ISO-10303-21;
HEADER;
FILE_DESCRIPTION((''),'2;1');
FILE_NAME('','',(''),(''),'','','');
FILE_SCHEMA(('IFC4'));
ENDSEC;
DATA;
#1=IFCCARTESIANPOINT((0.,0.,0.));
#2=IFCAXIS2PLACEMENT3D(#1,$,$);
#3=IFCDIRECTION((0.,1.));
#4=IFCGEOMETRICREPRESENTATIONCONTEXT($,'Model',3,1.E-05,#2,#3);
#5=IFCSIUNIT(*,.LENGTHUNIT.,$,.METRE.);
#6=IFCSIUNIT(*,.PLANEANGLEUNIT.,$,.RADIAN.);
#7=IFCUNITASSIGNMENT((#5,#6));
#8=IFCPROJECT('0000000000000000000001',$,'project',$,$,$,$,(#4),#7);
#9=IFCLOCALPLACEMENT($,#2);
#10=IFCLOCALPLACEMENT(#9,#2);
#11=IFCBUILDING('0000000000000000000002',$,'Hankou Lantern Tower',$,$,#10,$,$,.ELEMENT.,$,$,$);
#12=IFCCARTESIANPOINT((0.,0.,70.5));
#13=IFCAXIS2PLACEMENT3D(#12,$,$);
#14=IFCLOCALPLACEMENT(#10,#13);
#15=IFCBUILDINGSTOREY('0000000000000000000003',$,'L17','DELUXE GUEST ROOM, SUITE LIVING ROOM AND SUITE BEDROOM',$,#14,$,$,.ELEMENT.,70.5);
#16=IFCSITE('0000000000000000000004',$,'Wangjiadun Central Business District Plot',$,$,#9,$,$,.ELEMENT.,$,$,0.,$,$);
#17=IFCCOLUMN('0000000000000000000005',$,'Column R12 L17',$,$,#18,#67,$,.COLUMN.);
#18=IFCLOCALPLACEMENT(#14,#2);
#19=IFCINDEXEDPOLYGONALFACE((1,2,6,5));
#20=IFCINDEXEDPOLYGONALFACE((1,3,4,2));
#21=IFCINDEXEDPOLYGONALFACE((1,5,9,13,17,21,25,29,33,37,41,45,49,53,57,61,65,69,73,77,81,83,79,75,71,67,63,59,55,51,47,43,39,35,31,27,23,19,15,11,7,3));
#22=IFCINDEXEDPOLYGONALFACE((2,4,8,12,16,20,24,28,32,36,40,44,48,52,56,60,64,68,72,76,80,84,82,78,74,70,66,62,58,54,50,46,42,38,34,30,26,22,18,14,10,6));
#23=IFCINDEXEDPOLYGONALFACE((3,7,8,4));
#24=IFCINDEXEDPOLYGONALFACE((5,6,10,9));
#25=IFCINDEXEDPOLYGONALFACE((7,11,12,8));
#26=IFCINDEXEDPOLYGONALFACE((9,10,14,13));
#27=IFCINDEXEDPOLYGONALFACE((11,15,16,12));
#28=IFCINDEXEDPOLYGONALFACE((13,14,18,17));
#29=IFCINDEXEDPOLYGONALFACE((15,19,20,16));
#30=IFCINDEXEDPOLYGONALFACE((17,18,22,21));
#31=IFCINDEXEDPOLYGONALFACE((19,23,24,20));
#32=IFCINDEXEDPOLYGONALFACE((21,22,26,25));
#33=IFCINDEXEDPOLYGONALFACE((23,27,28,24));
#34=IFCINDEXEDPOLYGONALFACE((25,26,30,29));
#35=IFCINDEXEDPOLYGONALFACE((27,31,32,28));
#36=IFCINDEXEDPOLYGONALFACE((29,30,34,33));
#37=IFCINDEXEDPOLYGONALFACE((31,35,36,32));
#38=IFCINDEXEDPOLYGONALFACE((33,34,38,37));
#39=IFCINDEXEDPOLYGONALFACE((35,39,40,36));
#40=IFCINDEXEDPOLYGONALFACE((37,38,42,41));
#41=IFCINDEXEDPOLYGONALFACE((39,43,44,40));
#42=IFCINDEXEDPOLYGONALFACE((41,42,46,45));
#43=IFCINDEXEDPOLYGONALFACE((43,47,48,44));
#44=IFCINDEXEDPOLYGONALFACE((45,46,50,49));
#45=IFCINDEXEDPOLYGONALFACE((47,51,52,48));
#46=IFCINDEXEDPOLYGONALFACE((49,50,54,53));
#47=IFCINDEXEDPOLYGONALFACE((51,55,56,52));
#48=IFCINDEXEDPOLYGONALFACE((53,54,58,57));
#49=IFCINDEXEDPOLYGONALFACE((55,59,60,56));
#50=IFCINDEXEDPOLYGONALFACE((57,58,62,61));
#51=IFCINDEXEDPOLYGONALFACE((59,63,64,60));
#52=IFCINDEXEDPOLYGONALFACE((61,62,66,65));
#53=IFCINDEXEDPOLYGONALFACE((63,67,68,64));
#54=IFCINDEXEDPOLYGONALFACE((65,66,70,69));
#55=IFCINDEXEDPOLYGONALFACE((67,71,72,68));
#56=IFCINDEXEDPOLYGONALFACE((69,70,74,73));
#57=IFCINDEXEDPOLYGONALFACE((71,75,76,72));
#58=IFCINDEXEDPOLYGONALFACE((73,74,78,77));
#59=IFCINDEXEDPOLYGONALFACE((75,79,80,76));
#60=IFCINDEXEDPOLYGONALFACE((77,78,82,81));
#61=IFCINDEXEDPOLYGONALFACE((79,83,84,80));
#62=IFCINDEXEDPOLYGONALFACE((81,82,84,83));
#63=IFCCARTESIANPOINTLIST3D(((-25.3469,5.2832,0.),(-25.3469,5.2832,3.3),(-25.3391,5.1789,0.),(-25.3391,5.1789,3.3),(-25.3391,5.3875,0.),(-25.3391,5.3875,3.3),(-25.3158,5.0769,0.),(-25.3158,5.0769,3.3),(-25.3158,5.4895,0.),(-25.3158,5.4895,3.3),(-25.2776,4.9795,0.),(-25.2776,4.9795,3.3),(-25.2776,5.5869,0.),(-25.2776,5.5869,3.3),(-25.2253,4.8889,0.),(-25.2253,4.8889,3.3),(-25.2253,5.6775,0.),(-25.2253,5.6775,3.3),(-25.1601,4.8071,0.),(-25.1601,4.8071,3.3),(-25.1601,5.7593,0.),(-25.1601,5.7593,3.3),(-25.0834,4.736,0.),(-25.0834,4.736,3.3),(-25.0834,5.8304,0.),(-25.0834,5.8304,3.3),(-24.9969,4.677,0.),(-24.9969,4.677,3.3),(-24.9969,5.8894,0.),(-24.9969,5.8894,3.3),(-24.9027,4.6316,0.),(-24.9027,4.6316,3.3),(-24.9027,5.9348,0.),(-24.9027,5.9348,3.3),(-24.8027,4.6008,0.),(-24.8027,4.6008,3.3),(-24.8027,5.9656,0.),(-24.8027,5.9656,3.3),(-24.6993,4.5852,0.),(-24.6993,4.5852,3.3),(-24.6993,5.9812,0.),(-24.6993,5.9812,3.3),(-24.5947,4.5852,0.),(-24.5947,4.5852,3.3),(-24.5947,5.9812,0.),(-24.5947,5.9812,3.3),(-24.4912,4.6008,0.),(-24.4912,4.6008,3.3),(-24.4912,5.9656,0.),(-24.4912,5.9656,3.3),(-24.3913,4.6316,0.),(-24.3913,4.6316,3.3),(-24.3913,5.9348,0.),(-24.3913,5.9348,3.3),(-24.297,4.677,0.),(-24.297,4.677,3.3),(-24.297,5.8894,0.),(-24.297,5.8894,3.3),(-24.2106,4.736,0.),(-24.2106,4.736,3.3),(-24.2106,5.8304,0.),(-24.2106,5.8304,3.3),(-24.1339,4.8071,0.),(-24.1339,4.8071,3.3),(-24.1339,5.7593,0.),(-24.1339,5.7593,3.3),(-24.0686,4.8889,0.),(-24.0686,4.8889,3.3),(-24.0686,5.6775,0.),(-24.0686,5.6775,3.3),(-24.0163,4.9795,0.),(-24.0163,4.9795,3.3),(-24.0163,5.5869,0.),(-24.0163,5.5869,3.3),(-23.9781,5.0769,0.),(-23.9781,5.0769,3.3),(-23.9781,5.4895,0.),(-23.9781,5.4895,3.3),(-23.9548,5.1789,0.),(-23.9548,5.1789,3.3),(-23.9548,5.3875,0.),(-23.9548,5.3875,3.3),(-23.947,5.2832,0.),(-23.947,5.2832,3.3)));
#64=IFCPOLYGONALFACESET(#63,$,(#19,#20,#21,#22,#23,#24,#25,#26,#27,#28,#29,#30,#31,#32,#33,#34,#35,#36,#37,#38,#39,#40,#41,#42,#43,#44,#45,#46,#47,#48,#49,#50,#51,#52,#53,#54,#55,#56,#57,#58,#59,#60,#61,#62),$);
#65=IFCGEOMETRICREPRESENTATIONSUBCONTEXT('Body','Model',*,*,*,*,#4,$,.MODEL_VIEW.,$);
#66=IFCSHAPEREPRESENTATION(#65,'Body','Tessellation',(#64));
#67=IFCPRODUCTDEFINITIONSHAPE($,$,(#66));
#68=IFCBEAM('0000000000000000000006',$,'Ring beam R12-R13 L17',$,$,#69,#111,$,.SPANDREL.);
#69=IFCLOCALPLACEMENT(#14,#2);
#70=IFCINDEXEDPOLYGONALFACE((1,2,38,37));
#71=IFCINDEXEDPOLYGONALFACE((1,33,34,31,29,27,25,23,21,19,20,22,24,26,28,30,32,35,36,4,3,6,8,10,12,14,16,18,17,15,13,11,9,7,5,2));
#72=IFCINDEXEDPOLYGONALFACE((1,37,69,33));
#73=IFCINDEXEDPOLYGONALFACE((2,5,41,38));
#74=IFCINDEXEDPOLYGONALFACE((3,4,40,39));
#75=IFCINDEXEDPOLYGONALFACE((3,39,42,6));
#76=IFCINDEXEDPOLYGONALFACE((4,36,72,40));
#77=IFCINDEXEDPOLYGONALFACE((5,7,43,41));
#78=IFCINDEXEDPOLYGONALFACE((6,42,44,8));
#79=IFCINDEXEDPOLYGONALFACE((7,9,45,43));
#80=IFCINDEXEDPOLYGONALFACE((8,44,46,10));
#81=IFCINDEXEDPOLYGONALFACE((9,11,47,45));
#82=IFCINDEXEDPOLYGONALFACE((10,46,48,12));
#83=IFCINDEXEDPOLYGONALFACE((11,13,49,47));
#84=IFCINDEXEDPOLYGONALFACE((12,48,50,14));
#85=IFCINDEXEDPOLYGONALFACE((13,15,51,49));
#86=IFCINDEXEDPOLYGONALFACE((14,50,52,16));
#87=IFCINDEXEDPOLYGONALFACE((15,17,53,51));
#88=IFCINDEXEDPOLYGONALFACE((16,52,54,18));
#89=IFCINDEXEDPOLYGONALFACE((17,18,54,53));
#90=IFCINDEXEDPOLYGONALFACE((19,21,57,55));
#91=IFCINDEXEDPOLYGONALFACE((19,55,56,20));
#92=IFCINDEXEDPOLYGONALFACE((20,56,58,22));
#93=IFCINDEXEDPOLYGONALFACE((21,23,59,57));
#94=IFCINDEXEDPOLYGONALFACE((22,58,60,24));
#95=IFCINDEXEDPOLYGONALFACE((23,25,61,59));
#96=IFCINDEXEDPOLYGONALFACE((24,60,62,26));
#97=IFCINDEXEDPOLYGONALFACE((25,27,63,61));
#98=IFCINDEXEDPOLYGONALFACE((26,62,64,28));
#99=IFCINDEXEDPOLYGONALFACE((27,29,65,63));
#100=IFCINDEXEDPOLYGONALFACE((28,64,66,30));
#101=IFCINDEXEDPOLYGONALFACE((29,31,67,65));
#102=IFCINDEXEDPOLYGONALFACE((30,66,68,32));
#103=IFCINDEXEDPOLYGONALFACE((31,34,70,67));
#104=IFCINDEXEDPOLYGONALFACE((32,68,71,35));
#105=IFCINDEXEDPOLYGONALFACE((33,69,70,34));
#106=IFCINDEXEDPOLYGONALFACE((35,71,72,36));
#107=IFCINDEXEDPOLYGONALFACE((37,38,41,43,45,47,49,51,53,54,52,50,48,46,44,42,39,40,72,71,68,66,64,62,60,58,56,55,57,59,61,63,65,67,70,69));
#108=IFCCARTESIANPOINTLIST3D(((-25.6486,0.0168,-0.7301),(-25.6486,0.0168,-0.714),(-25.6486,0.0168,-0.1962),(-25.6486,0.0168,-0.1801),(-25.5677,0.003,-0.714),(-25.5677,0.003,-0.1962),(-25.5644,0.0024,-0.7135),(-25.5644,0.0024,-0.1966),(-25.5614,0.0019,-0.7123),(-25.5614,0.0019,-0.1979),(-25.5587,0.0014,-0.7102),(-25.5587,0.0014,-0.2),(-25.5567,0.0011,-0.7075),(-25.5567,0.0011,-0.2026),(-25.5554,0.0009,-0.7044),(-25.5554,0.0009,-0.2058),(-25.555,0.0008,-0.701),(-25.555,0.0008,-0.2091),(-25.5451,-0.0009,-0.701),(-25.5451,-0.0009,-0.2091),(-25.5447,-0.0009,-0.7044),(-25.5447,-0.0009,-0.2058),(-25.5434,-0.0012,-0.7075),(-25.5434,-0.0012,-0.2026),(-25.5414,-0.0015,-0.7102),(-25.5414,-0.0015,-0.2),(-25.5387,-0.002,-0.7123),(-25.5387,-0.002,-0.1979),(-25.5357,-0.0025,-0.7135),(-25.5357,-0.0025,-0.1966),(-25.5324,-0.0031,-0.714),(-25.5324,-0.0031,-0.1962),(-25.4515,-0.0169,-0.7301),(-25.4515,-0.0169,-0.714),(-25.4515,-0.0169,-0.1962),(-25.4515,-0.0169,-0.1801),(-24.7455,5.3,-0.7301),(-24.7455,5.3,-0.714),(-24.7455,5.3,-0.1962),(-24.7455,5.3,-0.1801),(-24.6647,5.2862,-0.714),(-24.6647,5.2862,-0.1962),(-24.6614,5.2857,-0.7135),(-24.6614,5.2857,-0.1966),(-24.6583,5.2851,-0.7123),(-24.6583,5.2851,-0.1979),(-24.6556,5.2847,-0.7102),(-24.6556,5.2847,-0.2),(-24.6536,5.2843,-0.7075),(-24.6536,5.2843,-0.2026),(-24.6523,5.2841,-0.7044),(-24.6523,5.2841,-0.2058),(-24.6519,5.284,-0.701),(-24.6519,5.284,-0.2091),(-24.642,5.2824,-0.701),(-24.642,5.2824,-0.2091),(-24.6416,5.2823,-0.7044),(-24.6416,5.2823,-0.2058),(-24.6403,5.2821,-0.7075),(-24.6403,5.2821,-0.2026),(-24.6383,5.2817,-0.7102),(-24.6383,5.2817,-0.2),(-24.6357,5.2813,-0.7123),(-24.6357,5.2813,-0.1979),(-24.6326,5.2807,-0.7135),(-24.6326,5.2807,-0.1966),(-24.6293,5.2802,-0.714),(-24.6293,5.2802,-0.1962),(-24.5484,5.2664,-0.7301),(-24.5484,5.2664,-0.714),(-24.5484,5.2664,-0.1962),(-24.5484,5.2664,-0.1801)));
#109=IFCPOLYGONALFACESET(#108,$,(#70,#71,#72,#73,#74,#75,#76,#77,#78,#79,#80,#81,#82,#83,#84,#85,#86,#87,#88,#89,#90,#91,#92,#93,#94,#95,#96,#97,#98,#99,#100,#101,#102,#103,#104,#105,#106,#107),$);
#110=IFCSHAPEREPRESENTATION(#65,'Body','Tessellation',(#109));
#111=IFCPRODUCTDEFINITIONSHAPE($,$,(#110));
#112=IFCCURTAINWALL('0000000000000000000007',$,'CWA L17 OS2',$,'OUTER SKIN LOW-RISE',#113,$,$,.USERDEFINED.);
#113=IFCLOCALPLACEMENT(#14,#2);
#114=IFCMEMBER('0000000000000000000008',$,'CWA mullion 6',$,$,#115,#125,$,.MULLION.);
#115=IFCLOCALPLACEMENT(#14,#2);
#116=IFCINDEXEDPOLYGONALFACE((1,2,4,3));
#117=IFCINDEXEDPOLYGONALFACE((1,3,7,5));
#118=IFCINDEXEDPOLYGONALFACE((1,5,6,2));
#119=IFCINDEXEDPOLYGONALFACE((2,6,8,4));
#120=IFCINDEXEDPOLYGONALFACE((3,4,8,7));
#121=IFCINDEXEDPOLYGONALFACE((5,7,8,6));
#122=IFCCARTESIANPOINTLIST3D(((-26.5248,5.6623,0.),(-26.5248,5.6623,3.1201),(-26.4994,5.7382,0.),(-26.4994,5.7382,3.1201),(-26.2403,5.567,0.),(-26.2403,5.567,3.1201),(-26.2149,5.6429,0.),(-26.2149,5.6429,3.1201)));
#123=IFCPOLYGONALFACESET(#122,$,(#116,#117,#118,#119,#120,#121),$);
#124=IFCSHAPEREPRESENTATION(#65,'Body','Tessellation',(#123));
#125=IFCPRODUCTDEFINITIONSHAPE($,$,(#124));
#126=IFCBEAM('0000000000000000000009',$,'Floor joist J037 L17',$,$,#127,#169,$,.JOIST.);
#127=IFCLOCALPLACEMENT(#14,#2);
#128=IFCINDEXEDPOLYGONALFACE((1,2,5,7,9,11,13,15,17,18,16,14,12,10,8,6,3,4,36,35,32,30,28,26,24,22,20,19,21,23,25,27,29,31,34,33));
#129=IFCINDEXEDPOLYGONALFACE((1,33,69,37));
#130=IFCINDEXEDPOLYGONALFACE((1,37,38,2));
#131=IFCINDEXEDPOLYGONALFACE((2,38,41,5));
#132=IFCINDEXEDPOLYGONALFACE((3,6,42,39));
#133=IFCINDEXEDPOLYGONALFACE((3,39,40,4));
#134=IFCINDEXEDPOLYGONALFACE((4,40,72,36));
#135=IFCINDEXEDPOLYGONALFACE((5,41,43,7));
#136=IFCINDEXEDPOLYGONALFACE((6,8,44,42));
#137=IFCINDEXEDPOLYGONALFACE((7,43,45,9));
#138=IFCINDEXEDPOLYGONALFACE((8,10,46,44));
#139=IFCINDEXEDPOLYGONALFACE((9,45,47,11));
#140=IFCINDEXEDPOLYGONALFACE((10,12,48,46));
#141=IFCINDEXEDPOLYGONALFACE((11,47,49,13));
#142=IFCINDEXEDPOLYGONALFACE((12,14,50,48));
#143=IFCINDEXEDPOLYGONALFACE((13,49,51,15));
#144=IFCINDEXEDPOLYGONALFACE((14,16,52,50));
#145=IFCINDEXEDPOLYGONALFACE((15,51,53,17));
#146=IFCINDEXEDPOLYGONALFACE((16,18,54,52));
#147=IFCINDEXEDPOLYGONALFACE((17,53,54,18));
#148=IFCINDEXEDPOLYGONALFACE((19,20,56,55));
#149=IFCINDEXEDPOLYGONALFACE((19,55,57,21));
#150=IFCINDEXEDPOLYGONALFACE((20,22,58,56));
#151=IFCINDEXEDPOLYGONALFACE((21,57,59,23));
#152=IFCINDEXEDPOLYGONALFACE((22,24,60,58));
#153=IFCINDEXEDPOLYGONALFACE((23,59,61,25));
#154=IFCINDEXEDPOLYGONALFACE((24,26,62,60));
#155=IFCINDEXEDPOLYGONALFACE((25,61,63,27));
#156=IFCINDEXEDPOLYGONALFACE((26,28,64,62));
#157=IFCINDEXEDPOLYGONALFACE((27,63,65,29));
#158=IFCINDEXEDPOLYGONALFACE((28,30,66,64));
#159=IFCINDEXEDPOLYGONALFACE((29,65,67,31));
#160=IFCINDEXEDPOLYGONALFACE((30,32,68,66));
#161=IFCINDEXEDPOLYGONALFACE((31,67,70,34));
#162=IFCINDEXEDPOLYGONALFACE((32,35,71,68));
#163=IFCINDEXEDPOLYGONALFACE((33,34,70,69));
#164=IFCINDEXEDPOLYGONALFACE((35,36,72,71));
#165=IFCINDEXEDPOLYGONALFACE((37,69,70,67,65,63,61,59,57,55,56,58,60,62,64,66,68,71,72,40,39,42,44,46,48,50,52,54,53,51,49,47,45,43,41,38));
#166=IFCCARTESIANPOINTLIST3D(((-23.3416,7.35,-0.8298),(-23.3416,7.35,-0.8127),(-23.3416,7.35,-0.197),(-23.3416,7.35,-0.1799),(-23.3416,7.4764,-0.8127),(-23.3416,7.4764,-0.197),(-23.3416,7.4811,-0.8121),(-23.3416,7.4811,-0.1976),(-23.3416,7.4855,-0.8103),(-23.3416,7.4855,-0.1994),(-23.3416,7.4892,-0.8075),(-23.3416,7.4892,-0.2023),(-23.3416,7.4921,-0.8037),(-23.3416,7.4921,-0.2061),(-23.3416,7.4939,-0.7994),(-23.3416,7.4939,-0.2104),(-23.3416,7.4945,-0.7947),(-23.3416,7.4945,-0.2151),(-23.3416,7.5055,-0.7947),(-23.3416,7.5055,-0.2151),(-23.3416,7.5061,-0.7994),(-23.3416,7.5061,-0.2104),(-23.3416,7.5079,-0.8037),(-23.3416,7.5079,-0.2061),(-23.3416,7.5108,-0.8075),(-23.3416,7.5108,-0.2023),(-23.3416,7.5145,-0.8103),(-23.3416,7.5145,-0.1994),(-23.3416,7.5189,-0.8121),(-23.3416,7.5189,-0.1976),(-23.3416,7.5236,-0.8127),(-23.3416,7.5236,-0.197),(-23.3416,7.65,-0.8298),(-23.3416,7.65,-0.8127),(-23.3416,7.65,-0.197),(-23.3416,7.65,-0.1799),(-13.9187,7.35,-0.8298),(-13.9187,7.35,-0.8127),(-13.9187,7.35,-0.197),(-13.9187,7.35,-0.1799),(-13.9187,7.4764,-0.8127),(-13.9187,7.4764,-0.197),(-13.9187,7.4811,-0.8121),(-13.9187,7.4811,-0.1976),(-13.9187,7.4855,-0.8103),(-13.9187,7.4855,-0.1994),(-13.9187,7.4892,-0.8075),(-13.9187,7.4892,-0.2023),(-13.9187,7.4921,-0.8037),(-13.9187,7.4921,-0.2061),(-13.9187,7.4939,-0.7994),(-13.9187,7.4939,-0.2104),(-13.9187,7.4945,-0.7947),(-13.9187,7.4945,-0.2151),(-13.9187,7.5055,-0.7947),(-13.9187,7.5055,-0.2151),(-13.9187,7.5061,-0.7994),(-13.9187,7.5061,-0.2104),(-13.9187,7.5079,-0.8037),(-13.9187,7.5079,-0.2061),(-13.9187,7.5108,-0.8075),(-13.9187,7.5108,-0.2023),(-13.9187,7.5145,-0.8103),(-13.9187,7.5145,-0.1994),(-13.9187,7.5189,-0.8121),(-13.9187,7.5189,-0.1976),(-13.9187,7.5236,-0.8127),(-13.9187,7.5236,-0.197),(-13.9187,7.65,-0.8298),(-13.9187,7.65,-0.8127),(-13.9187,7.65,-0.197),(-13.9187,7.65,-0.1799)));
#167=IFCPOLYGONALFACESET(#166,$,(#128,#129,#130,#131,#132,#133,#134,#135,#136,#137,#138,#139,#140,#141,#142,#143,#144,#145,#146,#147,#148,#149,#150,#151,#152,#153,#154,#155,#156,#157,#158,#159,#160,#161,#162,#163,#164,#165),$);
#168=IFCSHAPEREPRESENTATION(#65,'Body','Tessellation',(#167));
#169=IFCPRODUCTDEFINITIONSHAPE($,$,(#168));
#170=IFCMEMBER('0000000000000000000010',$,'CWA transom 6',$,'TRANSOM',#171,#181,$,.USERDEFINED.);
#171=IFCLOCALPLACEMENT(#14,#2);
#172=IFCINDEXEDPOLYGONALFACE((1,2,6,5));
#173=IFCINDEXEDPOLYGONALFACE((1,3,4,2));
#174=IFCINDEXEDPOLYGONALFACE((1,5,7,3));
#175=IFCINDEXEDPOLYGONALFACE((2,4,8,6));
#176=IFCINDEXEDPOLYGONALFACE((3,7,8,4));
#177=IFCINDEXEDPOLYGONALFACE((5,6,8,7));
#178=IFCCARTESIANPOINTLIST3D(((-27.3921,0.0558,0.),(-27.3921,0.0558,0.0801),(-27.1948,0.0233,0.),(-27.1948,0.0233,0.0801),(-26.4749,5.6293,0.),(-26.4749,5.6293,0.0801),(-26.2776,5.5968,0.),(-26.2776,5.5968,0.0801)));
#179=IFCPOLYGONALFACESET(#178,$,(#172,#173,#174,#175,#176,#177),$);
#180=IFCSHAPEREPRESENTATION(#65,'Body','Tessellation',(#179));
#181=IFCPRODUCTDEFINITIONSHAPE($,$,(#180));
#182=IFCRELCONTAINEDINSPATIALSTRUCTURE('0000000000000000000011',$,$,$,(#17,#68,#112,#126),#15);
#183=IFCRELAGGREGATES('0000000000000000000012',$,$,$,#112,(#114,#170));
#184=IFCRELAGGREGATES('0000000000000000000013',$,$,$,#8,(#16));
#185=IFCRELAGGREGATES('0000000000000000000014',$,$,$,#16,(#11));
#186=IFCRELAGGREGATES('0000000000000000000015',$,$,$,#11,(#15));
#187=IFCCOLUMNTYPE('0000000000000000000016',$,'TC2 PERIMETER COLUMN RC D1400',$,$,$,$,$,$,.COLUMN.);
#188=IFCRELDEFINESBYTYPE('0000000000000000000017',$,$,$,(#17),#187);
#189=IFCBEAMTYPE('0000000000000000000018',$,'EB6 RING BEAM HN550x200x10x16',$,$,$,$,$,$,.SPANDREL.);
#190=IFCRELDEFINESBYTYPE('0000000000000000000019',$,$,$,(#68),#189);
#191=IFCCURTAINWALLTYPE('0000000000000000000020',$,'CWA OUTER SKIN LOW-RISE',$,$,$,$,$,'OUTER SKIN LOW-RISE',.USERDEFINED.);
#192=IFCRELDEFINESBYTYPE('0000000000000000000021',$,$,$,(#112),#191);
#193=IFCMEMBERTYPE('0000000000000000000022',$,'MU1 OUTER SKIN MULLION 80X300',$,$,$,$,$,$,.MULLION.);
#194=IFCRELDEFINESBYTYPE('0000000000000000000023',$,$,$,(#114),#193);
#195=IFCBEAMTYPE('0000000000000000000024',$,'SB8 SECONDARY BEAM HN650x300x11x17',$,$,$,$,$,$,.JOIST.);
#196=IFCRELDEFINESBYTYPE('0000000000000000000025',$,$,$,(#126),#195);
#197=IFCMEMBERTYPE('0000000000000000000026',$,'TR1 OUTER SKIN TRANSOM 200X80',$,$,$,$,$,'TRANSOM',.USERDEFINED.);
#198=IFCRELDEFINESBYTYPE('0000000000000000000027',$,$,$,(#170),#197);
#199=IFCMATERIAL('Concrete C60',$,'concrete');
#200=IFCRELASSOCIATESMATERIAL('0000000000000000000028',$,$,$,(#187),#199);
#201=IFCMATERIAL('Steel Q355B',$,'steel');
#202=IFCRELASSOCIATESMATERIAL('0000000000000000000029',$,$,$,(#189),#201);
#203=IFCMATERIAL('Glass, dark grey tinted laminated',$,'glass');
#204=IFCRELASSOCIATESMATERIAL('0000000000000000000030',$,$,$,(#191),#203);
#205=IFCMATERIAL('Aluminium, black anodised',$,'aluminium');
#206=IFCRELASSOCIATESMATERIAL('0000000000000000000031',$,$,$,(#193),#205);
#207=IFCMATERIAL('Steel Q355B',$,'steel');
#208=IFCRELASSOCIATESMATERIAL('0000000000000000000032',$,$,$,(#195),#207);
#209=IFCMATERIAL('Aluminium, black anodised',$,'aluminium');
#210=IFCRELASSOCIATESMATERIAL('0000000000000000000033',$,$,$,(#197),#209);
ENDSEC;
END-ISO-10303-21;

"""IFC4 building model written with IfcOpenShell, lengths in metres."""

from ifc_helpers import new_model, si_unit, direction, frame, origin, origin_2d, place, context, subcontext, project, spatial, rectangle, circle, i_section, extrude, material, material_profile, profile_set, type_object, element, aggregate, save


model = new_model("IFC4")

# Units and contexts
model_context = context("Model", 3, precision=1e-05, world=origin(), true_north=direction((0.0, 1.0)))
body_context = subcontext(model_context, "Body", "Model", "MODEL_VIEW")
ifc_project = project(units=[si_unit("LENGTHUNIT", "METRE"), si_unit("PLANEANGLEUNIT", "RADIAN")], contexts=[model_context])

# Site, building, storey
site_placement = place(None, origin())
site = spatial("IfcSite", under=ifc_project, at=site_placement, Name="Wangjiadun Central Business District Plot", CompositionType="ELEMENT", RefElevation=0.0)
building_placement = place(site_placement, origin())
building = spatial("IfcBuilding", under=site, at=building_placement, Name="Hankou Lantern Tower", CompositionType="ELEMENT")
storey_placement = place(building_placement, frame((0.0, 0.0, 70.5)))
storey = spatial("IfcBuildingStorey", under=building, at=storey_placement, Name="L17", Description="DELUXE GUEST ROOM, SUITE LIVING ROOM AND SUITE BEDROOM", CompositionType="ELEMENT", Elevation=70.5)

# Column
ifc_material_1 = material(Name="Concrete C60", Category="concrete")
ifc_material_profile_1 = material_profile(ifc_material_1, circle(Radius=0.7, at=origin_2d()), Name="RC D1400")
ifc_profile_set_1 = profile_set([ifc_material_profile_1], Name="Concrete C60")
column_type = type_object("IfcColumnType", Name="TC2 PERIMETER COLUMN RC D1400", PredefinedType="COLUMN", material=ifc_profile_set_1)
column_placement = place(storey_placement, frame((-24.647, 5.2832, 0.0), z_axis=(0.0, 0.0, 1.0), x_axis=(1.0, 0.0, 0.0)))
element("IfcColumn", 1, at=column_placement, inside=storey, type_object=column_type, Name="Column R12 L17", PredefinedType="COLUMN", context=body_context, shape_type="SweptSolid", body=[
    extrude(circle(Radius=0.7, at=origin_2d()), origin(), (0.0, 0.0, 1.0), 3.3),
])

# Beam
ifc_material_2 = material(Name="Steel Q355B", Category="steel")
ifc_material_profile_2 = material_profile(ifc_material_2, i_section(OverallWidth=0.2, OverallDepth=0.55, WebThickness=0.01, FlangeThickness=0.0161, FilletRadius=0.0129, at=origin_2d()), Name="HN550x200x10x16")
ifc_profile_set_2 = profile_set([ifc_material_profile_2], Name="Steel Q355B")
beam_type_1 = type_object("IfcBeamType", Name="EB6 RING BEAM HN550x200x10x16", PredefinedType="SPANDREL", material=ifc_profile_set_2)
beam_1_placement = place(storey_placement, frame((-24.647, 5.2832, -0.4551), z_axis=(-0.16849, -0.985703, 0.0), x_axis=(0.985703, -0.16849, 0.0)))
element("IfcBeam", 2, at=beam_1_placement, inside=storey, type_object=beam_type_1, Name="Ring beam R12-R13 L17", PredefinedType="SPANDREL", context=body_context, shape_type="SweptSolid", body=[
    extrude(i_section(OverallWidth=0.2, OverallDepth=0.55, WebThickness=0.01, FlangeThickness=0.0161, FilletRadius=0.0129, at=origin_2d()), origin(), (0.0, 0.0, 1.0), 5.3599),
])

# Curtain wall, member
ifc_material_3 = material(Name="Glass, dark grey tinted laminated", Category="glass")
curtain_wall_type = type_object("IfcCurtainWallType", Name="CWA OUTER SKIN LOW-RISE", ElementType="OUTER SKIN LOW-RISE", PredefinedType="USERDEFINED", material=ifc_material_3)
curtain_wall_placement = place(storey_placement, origin())
curtain_wall = element("IfcCurtainWall", 3, at=curtain_wall_placement, inside=storey, type_object=curtain_wall_type, Name="CWA L17 OS2", ObjectType="OUTER SKIN LOW-RISE", PredefinedType="USERDEFINED")
ifc_material_4 = material(Name="Aluminium, black anodised", Category="aluminium")
ifc_material_profile_3 = material_profile(ifc_material_4, rectangle(XDim=0.0801, YDim=0.3, at=origin_2d()), Name="MU1 80X300")
ifc_profile_set_3 = profile_set([ifc_material_profile_3], Name="Aluminium, black anodised")
member_type_1 = type_object("IfcMemberType", Name="MU1 OUTER SKIN MULLION 80X300", PredefinedType="MULLION", material=ifc_profile_set_3)
member_1_placement = place(storey_placement, frame((-26.3699, 5.6526, 0.0), z_axis=(0.0, 0.0, 1.0), x_axis=(-0.317596, -0.948226, 0.0)))
member_1 = element("IfcMember", 4, at=member_1_placement, type_object=member_type_1, Name="CWA mullion 6", PredefinedType="MULLION", context=body_context, shape_type="SweptSolid", body=[
    extrude(rectangle(XDim=0.0801, YDim=0.3, at=origin_2d()), origin(), (0.0, 0.0, 1.0), 3.1201),
])

# Beam
ifc_material_5 = material(Name="Steel Q355B", Category="steel")
ifc_material_profile_4 = material_profile(ifc_material_5, i_section(OverallWidth=0.3, OverallDepth=0.6499, WebThickness=0.011, FlangeThickness=0.0171, FilletRadius=0.0181, at=origin_2d()), Name="HN650x300x11x17")
ifc_profile_set_4 = profile_set([ifc_material_profile_4], Name="Steel Q355B")
beam_type_2 = type_object("IfcBeamType", Name="SB8 SECONDARY BEAM HN650x300x11x17", PredefinedType="JOIST", material=ifc_profile_set_4)
beam_2_placement = place(storey_placement, frame((-23.3416, 7.5, -0.5049), z_axis=(1.0, 0.0, 0.0), x_axis=(0.0, 1.0, 0.0)))
element("IfcBeam", 5, at=beam_2_placement, inside=storey, type_object=beam_type_2, Name="Floor joist J037 L17", PredefinedType="JOIST", context=body_context, shape_type="SweptSolid", body=[
    extrude(i_section(OverallWidth=0.3, OverallDepth=0.6499, WebThickness=0.011, FlangeThickness=0.0171, FilletRadius=0.0181, at=origin_2d()), origin(), (0.0, 0.0, 1.0), 9.4229),
])

# Member
ifc_material_6 = material(Name="Aluminium, black anodised", Category="aluminium")
ifc_material_profile_5 = material_profile(ifc_material_6, rectangle(XDim=0.2, YDim=0.0801, at=origin_2d()), Name="TR1 200X80")
ifc_profile_set_5 = profile_set([ifc_material_profile_5], Name="Aluminium, black anodised")
member_type_2 = type_object("IfcMemberType", Name="TR1 OUTER SKIN TRANSOM 200X80", ElementType="TRANSOM", PredefinedType="USERDEFINED", material=ifc_profile_set_5)
member_2_placement = place(storey_placement, frame((-26.3762, 5.613, 0.04), z_axis=(-0.162387, -0.986727, 0.0), x_axis=(0.986727, -0.162387, 0.0)))
member_2 = element("IfcMember", 6, at=member_2_placement, type_object=member_type_2, Name="CWA transom 6", ObjectType="TRANSOM", PredefinedType="USERDEFINED", context=body_context, shape_type="SweptSolid", body=[
    extrude(rectangle(XDim=0.2, YDim=0.0801, at=origin_2d()), origin(), (0.0, 0.0, 1.0), 5.6484),
])

aggregate(curtain_wall, [member_1, member_2])

save(model, "model.ifc")
